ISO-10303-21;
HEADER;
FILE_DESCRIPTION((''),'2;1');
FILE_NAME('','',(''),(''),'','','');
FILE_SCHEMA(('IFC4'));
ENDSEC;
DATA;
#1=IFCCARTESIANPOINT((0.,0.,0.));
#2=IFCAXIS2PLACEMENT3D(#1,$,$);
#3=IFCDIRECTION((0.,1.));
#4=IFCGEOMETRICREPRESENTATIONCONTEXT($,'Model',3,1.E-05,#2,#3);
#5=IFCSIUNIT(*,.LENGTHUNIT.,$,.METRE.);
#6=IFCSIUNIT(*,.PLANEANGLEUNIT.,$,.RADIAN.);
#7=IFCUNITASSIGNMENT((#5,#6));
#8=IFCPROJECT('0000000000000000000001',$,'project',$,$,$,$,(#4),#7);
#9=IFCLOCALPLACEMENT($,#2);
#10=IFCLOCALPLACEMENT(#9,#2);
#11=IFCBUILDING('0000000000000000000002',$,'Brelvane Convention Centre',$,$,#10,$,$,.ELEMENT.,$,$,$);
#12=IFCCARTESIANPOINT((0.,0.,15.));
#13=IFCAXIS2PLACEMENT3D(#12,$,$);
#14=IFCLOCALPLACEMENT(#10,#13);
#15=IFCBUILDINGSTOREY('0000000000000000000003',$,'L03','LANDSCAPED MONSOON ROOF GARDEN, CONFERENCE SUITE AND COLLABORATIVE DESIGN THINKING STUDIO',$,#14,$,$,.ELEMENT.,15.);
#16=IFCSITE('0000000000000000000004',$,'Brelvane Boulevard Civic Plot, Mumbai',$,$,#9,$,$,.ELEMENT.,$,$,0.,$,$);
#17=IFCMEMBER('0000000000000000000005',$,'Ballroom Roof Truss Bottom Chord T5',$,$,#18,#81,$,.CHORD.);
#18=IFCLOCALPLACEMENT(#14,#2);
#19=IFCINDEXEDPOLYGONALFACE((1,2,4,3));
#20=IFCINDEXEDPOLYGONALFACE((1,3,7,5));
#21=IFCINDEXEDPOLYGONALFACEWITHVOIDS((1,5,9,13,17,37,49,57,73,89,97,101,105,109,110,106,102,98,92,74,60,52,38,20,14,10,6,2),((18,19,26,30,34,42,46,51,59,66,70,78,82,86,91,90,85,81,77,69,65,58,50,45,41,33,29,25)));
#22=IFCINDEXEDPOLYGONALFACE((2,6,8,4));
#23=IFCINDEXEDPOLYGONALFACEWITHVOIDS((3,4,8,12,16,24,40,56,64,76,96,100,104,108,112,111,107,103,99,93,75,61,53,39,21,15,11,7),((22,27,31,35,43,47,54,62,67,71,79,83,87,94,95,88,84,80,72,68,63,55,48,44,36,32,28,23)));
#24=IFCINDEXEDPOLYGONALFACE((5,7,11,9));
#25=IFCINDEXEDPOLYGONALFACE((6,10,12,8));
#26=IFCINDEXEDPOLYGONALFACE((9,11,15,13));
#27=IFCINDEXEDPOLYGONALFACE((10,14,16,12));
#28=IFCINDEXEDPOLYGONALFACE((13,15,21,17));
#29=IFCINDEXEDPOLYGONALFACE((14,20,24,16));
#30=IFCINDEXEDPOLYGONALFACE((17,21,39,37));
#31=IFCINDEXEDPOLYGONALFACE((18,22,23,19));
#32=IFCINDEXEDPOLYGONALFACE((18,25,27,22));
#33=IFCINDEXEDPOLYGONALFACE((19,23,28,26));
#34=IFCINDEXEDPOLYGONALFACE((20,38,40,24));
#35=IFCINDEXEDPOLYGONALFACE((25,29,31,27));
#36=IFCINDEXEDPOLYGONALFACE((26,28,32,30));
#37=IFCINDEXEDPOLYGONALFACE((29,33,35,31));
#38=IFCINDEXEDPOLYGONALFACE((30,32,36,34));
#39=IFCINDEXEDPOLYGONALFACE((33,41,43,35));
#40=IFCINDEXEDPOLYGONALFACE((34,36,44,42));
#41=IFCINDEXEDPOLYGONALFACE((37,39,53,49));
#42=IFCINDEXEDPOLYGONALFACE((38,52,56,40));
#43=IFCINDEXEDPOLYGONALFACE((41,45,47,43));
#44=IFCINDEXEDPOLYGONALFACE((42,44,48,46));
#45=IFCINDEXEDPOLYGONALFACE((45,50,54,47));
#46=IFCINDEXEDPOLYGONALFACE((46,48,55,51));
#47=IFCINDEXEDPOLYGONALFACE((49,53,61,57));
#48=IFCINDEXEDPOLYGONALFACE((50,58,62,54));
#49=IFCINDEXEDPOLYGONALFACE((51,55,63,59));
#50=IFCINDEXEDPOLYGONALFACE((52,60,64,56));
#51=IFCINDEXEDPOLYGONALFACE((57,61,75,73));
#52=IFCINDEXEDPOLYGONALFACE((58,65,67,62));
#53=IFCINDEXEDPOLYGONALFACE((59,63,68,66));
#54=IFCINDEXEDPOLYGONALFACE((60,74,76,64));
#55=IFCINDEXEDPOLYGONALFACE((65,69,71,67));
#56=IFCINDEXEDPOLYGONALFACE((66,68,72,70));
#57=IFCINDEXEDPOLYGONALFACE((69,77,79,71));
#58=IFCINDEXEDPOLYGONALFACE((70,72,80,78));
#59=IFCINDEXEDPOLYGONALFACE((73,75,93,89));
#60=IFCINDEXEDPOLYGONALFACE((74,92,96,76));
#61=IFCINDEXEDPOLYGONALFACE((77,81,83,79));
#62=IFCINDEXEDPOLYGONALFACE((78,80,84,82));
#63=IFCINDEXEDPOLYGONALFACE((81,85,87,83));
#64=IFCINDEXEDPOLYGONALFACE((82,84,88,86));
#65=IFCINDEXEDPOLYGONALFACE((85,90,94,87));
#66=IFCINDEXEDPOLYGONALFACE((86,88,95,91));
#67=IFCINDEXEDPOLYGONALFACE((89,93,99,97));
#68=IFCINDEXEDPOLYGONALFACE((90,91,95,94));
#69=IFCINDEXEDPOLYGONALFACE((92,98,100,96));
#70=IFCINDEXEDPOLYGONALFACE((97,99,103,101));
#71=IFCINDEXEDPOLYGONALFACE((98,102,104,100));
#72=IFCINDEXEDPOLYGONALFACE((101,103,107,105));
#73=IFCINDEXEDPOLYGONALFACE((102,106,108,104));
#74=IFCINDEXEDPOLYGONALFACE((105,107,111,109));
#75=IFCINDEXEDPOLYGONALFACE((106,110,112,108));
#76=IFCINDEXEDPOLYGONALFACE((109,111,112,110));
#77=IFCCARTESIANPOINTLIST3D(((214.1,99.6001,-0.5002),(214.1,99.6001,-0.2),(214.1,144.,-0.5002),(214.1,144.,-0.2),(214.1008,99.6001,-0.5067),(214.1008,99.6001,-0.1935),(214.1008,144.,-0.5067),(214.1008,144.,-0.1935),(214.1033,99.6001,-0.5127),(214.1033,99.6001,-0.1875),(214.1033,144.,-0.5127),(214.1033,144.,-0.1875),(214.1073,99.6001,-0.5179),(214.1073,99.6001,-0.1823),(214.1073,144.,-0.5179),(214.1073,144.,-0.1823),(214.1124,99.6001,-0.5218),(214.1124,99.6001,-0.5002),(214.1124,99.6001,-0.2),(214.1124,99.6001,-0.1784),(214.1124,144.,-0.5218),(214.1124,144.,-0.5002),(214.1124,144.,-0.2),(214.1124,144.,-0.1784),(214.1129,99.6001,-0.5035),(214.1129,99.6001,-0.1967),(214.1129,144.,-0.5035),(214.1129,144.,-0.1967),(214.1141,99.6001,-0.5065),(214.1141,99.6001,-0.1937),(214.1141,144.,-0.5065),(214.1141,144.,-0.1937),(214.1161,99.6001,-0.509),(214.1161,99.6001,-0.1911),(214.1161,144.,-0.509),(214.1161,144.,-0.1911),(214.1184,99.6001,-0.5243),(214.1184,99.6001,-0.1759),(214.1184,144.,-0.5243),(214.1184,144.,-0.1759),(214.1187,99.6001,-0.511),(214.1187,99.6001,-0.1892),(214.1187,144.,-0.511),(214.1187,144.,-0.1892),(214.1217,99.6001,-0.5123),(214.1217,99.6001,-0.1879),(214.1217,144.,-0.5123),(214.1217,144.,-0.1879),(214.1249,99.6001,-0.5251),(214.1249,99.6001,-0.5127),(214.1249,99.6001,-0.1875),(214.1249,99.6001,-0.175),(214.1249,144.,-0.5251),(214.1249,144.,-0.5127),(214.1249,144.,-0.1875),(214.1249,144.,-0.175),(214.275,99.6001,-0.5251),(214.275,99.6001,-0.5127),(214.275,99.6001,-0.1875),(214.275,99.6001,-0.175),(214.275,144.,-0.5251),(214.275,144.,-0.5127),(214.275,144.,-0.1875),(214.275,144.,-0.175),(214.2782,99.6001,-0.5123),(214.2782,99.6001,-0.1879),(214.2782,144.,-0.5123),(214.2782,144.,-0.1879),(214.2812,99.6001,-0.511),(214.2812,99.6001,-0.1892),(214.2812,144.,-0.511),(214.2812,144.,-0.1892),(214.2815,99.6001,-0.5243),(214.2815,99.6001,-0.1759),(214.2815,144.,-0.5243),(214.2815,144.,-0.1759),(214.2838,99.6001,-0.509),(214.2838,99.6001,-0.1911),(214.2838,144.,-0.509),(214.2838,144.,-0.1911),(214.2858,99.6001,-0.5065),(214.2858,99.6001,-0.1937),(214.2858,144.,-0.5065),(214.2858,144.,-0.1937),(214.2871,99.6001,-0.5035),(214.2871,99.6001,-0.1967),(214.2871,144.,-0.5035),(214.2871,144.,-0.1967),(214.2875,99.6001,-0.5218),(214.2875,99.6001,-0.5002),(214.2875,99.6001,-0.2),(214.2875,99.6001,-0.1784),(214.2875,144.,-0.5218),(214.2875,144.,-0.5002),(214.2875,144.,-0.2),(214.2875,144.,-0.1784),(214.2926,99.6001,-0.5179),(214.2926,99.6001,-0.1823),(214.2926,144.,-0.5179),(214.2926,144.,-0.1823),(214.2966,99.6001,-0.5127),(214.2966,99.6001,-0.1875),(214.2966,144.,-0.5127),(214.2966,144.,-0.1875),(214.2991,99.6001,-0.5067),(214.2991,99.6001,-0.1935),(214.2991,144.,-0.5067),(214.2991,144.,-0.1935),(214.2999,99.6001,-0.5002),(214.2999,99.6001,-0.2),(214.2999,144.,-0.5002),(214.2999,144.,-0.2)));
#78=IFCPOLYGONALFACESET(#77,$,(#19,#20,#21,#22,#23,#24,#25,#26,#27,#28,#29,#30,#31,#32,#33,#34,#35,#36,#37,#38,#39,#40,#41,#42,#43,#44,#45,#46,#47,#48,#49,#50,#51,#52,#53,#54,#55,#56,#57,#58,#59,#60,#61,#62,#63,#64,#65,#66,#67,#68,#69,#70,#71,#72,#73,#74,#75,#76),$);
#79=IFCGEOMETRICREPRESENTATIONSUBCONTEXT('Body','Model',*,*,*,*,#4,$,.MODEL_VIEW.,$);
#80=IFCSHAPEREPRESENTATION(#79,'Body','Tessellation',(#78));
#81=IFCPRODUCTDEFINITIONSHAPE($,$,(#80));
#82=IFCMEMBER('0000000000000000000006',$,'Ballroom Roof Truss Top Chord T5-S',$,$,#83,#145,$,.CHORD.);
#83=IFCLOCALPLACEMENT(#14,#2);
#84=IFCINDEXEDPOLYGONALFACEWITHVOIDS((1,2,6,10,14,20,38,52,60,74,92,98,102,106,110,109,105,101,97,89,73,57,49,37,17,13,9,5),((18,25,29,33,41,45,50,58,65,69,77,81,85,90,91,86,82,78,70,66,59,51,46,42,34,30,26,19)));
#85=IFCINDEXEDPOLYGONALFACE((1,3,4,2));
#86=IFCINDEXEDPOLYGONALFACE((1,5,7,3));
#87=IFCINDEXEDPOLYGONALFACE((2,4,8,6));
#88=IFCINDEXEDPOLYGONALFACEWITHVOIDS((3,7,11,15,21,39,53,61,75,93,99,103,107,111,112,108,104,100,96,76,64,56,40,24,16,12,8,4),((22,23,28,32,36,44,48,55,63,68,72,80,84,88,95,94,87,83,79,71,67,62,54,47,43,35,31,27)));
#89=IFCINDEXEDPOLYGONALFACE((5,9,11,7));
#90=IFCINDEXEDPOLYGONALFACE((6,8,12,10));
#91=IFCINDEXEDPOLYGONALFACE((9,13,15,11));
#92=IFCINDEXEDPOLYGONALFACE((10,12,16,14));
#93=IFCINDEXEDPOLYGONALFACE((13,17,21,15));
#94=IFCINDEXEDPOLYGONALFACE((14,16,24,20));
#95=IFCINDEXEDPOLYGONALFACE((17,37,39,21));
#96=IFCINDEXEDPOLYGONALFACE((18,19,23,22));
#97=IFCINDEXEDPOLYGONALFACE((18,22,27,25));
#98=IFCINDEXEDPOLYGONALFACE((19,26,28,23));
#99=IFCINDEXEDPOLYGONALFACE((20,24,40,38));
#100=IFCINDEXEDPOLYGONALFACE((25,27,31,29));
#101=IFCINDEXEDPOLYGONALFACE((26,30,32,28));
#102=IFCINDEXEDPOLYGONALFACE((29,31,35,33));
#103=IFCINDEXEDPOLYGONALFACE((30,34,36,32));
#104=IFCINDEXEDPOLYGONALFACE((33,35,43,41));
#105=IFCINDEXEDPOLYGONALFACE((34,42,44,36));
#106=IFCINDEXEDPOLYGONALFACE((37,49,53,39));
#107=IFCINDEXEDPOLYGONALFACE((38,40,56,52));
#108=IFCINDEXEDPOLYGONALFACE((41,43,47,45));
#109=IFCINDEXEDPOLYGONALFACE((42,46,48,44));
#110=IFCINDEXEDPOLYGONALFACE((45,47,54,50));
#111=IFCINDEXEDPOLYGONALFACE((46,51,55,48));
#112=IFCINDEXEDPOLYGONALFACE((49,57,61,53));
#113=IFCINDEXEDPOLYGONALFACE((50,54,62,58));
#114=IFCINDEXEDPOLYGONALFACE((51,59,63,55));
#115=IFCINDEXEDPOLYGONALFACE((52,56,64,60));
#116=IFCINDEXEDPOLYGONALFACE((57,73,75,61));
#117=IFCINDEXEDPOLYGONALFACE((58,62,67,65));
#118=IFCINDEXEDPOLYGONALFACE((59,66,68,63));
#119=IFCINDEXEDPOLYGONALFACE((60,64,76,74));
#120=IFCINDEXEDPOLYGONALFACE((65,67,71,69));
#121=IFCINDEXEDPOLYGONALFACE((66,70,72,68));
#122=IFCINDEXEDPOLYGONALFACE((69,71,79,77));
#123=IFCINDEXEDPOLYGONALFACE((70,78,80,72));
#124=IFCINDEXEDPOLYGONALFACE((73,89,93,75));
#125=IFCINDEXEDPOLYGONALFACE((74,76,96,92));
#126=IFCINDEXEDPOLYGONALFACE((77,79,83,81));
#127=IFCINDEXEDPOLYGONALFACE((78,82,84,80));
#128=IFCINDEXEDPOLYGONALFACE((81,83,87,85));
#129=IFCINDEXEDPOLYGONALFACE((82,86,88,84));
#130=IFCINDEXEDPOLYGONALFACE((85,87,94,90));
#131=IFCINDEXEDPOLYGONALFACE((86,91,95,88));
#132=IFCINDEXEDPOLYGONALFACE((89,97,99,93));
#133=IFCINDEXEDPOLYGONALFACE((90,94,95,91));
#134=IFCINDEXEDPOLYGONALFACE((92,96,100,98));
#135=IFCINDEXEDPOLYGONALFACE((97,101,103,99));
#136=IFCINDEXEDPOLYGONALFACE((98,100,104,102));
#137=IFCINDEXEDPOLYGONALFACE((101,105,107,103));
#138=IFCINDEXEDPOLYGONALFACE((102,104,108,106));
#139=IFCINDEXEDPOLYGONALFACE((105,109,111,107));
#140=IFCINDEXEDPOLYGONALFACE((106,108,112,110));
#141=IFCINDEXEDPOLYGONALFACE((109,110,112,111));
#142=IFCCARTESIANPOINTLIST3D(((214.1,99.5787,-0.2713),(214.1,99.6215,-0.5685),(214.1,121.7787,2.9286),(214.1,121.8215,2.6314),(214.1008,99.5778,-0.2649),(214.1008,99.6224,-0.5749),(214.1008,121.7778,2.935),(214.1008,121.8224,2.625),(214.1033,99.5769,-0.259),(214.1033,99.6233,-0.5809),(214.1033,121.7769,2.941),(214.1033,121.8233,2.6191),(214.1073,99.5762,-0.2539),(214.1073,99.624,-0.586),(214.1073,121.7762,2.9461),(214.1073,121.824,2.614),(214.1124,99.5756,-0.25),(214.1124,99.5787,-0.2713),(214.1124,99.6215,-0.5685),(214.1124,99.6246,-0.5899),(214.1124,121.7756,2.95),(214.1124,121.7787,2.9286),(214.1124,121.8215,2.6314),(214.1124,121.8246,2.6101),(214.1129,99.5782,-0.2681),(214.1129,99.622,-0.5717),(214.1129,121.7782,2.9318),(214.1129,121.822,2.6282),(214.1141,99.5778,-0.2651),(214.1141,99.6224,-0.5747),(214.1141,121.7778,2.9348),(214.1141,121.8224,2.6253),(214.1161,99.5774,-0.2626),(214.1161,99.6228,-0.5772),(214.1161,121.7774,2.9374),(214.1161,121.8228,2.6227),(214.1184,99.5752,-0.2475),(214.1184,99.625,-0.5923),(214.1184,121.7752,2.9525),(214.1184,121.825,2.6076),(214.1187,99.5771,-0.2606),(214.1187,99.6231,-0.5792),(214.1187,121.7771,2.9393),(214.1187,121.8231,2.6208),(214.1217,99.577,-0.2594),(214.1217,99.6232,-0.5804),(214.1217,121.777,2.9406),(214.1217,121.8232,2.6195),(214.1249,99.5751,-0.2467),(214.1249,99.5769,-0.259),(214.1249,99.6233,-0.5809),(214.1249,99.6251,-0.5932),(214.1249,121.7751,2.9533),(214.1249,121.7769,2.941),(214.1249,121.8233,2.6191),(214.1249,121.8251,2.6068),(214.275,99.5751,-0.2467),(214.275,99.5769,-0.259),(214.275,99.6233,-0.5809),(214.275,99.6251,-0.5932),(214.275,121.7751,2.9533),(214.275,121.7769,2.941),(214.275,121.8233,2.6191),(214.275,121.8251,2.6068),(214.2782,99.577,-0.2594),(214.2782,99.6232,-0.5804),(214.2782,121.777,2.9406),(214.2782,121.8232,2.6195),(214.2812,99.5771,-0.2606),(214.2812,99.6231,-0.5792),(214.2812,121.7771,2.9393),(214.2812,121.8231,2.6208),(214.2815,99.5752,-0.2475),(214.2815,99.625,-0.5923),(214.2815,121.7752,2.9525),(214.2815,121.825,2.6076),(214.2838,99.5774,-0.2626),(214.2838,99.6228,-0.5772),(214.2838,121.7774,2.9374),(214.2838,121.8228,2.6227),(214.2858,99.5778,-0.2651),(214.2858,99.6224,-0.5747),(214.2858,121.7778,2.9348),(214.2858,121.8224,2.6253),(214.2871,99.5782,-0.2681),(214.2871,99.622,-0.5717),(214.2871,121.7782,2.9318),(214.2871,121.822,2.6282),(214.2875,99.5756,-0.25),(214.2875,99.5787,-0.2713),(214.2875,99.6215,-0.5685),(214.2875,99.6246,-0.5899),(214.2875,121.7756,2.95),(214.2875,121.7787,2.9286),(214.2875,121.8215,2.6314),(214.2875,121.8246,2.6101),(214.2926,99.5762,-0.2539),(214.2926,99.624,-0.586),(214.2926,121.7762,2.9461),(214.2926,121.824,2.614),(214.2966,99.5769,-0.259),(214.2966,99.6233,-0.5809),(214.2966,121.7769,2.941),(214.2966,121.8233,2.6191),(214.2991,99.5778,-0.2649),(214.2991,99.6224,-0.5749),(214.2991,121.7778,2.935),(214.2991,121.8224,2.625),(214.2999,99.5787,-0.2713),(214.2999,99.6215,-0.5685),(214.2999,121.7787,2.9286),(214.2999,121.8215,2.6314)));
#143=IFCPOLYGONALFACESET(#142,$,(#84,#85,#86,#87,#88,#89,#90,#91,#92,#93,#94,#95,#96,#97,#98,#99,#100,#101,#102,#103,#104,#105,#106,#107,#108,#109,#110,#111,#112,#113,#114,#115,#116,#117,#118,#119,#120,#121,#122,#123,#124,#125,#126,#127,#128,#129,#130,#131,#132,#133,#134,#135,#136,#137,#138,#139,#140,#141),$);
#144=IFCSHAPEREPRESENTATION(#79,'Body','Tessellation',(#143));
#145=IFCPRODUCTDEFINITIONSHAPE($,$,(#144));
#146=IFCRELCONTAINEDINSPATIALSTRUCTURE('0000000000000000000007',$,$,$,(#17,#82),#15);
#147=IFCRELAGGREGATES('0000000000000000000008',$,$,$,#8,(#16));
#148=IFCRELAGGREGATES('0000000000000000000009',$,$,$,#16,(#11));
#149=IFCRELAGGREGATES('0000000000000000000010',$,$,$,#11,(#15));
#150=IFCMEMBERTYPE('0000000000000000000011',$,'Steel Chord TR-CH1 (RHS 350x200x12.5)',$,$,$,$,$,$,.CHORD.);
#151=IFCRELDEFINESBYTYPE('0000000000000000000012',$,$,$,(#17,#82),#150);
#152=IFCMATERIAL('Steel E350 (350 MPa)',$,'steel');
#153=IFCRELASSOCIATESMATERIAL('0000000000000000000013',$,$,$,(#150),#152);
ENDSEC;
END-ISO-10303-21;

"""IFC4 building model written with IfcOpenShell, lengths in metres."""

from ifc_helpers import new_model, si_unit, direction, frame, origin, origin_2d, place, context, subcontext, project, spatial, hollow_rectangle, extrude, material, material_profile, profile_set, type_object, element, save


model = new_model("IFC4")

# Units and contexts
model_context = context("Model", 3, precision=1e-05, world=origin(), true_north=direction((0.0, 1.0)))
body_context = subcontext(model_context, "Body", "Model", "MODEL_VIEW")
ifc_project = project(units=[si_unit("LENGTHUNIT", "METRE"), si_unit("PLANEANGLEUNIT", "RADIAN")], contexts=[model_context])

# Site, building, storey
site_placement = place(None, origin())
site = spatial("IfcSite", under=ifc_project, at=site_placement, Name="Brelvane Boulevard Civic Plot, Mumbai", CompositionType="ELEMENT", RefElevation=0.0)
building_placement = place(site_placement, origin())
building = spatial("IfcBuilding", under=site, at=building_placement, Name="Brelvane Convention Centre", CompositionType="ELEMENT")
storey_placement = place(building_placement, frame((0.0, 0.0, 15.0)))
storey = spatial("IfcBuildingStorey", under=building, at=storey_placement, Name="L03", Description="LANDSCAPED MONSOON ROOF GARDEN, CONFERENCE SUITE AND COLLABORATIVE DESIGN THINKING STUDIO", CompositionType="ELEMENT", Elevation=15.0)

# Members
ifc_material_1 = material(Name="Steel E350 (350 MPa)", Category="steel")
ifc_material_profile_1 = material_profile(ifc_material_1, hollow_rectangle(XDim=0.2, YDim=0.3501, WallThickness=0.0125, InnerFilletRadius=0.0125, OuterFilletRadius=0.0249, at=origin_2d()), Name="RHS 350x200x12.5")
ifc_profile_set_1 = profile_set([ifc_material_profile_1], Name="Steel E350 (350 MPa)")
member_type_1 = type_object("IfcMemberType", Name="Steel Chord TR-CH1 (RHS 350x200x12.5)", PredefinedType="CHORD", material=ifc_profile_set_1)
member_1_placement = place(storey_placement, frame((214.2, 99.6001, -0.3501), z_axis=(0.0, 1.0, 0.0), x_axis=(-1.0, 0.0, 0.0)))
element("IfcMember", 1, at=member_1_placement, inside=storey, type_object=member_type_1, Name="Ballroom Roof Truss Bottom Chord T5", PredefinedType="CHORD", context=body_context, shape_type="SweptSolid", body=[
    extrude(hollow_rectangle(XDim=0.2, YDim=0.3501, WallThickness=0.0125, InnerFilletRadius=0.0125, OuterFilletRadius=0.0249, at=origin_2d()), origin(), (0.0, 0.0, 1.0), 44.3999),
])
member_2_placement = place(storey_placement, frame((214.2, 99.6001, -0.4199), z_axis=(0.0, 0.989771, 0.142668), x_axis=(-1.0, 0.0, 0.0)))
element("IfcMember", 2, at=member_2_placement, inside=storey, type_object=member_type_1, Name="Ballroom Roof Truss Top Chord T5-S", PredefinedType="CHORD", context=body_context, shape_type="SweptSolid", body=[
    extrude(hollow_rectangle(XDim=0.2, YDim=0.3501, WallThickness=0.0125, InnerFilletRadius=0.0125, OuterFilletRadius=0.0249, at=origin_2d()), origin(), (0.0, 0.0, 1.0), 22.4294),
])

save(model, "model.ifc")
